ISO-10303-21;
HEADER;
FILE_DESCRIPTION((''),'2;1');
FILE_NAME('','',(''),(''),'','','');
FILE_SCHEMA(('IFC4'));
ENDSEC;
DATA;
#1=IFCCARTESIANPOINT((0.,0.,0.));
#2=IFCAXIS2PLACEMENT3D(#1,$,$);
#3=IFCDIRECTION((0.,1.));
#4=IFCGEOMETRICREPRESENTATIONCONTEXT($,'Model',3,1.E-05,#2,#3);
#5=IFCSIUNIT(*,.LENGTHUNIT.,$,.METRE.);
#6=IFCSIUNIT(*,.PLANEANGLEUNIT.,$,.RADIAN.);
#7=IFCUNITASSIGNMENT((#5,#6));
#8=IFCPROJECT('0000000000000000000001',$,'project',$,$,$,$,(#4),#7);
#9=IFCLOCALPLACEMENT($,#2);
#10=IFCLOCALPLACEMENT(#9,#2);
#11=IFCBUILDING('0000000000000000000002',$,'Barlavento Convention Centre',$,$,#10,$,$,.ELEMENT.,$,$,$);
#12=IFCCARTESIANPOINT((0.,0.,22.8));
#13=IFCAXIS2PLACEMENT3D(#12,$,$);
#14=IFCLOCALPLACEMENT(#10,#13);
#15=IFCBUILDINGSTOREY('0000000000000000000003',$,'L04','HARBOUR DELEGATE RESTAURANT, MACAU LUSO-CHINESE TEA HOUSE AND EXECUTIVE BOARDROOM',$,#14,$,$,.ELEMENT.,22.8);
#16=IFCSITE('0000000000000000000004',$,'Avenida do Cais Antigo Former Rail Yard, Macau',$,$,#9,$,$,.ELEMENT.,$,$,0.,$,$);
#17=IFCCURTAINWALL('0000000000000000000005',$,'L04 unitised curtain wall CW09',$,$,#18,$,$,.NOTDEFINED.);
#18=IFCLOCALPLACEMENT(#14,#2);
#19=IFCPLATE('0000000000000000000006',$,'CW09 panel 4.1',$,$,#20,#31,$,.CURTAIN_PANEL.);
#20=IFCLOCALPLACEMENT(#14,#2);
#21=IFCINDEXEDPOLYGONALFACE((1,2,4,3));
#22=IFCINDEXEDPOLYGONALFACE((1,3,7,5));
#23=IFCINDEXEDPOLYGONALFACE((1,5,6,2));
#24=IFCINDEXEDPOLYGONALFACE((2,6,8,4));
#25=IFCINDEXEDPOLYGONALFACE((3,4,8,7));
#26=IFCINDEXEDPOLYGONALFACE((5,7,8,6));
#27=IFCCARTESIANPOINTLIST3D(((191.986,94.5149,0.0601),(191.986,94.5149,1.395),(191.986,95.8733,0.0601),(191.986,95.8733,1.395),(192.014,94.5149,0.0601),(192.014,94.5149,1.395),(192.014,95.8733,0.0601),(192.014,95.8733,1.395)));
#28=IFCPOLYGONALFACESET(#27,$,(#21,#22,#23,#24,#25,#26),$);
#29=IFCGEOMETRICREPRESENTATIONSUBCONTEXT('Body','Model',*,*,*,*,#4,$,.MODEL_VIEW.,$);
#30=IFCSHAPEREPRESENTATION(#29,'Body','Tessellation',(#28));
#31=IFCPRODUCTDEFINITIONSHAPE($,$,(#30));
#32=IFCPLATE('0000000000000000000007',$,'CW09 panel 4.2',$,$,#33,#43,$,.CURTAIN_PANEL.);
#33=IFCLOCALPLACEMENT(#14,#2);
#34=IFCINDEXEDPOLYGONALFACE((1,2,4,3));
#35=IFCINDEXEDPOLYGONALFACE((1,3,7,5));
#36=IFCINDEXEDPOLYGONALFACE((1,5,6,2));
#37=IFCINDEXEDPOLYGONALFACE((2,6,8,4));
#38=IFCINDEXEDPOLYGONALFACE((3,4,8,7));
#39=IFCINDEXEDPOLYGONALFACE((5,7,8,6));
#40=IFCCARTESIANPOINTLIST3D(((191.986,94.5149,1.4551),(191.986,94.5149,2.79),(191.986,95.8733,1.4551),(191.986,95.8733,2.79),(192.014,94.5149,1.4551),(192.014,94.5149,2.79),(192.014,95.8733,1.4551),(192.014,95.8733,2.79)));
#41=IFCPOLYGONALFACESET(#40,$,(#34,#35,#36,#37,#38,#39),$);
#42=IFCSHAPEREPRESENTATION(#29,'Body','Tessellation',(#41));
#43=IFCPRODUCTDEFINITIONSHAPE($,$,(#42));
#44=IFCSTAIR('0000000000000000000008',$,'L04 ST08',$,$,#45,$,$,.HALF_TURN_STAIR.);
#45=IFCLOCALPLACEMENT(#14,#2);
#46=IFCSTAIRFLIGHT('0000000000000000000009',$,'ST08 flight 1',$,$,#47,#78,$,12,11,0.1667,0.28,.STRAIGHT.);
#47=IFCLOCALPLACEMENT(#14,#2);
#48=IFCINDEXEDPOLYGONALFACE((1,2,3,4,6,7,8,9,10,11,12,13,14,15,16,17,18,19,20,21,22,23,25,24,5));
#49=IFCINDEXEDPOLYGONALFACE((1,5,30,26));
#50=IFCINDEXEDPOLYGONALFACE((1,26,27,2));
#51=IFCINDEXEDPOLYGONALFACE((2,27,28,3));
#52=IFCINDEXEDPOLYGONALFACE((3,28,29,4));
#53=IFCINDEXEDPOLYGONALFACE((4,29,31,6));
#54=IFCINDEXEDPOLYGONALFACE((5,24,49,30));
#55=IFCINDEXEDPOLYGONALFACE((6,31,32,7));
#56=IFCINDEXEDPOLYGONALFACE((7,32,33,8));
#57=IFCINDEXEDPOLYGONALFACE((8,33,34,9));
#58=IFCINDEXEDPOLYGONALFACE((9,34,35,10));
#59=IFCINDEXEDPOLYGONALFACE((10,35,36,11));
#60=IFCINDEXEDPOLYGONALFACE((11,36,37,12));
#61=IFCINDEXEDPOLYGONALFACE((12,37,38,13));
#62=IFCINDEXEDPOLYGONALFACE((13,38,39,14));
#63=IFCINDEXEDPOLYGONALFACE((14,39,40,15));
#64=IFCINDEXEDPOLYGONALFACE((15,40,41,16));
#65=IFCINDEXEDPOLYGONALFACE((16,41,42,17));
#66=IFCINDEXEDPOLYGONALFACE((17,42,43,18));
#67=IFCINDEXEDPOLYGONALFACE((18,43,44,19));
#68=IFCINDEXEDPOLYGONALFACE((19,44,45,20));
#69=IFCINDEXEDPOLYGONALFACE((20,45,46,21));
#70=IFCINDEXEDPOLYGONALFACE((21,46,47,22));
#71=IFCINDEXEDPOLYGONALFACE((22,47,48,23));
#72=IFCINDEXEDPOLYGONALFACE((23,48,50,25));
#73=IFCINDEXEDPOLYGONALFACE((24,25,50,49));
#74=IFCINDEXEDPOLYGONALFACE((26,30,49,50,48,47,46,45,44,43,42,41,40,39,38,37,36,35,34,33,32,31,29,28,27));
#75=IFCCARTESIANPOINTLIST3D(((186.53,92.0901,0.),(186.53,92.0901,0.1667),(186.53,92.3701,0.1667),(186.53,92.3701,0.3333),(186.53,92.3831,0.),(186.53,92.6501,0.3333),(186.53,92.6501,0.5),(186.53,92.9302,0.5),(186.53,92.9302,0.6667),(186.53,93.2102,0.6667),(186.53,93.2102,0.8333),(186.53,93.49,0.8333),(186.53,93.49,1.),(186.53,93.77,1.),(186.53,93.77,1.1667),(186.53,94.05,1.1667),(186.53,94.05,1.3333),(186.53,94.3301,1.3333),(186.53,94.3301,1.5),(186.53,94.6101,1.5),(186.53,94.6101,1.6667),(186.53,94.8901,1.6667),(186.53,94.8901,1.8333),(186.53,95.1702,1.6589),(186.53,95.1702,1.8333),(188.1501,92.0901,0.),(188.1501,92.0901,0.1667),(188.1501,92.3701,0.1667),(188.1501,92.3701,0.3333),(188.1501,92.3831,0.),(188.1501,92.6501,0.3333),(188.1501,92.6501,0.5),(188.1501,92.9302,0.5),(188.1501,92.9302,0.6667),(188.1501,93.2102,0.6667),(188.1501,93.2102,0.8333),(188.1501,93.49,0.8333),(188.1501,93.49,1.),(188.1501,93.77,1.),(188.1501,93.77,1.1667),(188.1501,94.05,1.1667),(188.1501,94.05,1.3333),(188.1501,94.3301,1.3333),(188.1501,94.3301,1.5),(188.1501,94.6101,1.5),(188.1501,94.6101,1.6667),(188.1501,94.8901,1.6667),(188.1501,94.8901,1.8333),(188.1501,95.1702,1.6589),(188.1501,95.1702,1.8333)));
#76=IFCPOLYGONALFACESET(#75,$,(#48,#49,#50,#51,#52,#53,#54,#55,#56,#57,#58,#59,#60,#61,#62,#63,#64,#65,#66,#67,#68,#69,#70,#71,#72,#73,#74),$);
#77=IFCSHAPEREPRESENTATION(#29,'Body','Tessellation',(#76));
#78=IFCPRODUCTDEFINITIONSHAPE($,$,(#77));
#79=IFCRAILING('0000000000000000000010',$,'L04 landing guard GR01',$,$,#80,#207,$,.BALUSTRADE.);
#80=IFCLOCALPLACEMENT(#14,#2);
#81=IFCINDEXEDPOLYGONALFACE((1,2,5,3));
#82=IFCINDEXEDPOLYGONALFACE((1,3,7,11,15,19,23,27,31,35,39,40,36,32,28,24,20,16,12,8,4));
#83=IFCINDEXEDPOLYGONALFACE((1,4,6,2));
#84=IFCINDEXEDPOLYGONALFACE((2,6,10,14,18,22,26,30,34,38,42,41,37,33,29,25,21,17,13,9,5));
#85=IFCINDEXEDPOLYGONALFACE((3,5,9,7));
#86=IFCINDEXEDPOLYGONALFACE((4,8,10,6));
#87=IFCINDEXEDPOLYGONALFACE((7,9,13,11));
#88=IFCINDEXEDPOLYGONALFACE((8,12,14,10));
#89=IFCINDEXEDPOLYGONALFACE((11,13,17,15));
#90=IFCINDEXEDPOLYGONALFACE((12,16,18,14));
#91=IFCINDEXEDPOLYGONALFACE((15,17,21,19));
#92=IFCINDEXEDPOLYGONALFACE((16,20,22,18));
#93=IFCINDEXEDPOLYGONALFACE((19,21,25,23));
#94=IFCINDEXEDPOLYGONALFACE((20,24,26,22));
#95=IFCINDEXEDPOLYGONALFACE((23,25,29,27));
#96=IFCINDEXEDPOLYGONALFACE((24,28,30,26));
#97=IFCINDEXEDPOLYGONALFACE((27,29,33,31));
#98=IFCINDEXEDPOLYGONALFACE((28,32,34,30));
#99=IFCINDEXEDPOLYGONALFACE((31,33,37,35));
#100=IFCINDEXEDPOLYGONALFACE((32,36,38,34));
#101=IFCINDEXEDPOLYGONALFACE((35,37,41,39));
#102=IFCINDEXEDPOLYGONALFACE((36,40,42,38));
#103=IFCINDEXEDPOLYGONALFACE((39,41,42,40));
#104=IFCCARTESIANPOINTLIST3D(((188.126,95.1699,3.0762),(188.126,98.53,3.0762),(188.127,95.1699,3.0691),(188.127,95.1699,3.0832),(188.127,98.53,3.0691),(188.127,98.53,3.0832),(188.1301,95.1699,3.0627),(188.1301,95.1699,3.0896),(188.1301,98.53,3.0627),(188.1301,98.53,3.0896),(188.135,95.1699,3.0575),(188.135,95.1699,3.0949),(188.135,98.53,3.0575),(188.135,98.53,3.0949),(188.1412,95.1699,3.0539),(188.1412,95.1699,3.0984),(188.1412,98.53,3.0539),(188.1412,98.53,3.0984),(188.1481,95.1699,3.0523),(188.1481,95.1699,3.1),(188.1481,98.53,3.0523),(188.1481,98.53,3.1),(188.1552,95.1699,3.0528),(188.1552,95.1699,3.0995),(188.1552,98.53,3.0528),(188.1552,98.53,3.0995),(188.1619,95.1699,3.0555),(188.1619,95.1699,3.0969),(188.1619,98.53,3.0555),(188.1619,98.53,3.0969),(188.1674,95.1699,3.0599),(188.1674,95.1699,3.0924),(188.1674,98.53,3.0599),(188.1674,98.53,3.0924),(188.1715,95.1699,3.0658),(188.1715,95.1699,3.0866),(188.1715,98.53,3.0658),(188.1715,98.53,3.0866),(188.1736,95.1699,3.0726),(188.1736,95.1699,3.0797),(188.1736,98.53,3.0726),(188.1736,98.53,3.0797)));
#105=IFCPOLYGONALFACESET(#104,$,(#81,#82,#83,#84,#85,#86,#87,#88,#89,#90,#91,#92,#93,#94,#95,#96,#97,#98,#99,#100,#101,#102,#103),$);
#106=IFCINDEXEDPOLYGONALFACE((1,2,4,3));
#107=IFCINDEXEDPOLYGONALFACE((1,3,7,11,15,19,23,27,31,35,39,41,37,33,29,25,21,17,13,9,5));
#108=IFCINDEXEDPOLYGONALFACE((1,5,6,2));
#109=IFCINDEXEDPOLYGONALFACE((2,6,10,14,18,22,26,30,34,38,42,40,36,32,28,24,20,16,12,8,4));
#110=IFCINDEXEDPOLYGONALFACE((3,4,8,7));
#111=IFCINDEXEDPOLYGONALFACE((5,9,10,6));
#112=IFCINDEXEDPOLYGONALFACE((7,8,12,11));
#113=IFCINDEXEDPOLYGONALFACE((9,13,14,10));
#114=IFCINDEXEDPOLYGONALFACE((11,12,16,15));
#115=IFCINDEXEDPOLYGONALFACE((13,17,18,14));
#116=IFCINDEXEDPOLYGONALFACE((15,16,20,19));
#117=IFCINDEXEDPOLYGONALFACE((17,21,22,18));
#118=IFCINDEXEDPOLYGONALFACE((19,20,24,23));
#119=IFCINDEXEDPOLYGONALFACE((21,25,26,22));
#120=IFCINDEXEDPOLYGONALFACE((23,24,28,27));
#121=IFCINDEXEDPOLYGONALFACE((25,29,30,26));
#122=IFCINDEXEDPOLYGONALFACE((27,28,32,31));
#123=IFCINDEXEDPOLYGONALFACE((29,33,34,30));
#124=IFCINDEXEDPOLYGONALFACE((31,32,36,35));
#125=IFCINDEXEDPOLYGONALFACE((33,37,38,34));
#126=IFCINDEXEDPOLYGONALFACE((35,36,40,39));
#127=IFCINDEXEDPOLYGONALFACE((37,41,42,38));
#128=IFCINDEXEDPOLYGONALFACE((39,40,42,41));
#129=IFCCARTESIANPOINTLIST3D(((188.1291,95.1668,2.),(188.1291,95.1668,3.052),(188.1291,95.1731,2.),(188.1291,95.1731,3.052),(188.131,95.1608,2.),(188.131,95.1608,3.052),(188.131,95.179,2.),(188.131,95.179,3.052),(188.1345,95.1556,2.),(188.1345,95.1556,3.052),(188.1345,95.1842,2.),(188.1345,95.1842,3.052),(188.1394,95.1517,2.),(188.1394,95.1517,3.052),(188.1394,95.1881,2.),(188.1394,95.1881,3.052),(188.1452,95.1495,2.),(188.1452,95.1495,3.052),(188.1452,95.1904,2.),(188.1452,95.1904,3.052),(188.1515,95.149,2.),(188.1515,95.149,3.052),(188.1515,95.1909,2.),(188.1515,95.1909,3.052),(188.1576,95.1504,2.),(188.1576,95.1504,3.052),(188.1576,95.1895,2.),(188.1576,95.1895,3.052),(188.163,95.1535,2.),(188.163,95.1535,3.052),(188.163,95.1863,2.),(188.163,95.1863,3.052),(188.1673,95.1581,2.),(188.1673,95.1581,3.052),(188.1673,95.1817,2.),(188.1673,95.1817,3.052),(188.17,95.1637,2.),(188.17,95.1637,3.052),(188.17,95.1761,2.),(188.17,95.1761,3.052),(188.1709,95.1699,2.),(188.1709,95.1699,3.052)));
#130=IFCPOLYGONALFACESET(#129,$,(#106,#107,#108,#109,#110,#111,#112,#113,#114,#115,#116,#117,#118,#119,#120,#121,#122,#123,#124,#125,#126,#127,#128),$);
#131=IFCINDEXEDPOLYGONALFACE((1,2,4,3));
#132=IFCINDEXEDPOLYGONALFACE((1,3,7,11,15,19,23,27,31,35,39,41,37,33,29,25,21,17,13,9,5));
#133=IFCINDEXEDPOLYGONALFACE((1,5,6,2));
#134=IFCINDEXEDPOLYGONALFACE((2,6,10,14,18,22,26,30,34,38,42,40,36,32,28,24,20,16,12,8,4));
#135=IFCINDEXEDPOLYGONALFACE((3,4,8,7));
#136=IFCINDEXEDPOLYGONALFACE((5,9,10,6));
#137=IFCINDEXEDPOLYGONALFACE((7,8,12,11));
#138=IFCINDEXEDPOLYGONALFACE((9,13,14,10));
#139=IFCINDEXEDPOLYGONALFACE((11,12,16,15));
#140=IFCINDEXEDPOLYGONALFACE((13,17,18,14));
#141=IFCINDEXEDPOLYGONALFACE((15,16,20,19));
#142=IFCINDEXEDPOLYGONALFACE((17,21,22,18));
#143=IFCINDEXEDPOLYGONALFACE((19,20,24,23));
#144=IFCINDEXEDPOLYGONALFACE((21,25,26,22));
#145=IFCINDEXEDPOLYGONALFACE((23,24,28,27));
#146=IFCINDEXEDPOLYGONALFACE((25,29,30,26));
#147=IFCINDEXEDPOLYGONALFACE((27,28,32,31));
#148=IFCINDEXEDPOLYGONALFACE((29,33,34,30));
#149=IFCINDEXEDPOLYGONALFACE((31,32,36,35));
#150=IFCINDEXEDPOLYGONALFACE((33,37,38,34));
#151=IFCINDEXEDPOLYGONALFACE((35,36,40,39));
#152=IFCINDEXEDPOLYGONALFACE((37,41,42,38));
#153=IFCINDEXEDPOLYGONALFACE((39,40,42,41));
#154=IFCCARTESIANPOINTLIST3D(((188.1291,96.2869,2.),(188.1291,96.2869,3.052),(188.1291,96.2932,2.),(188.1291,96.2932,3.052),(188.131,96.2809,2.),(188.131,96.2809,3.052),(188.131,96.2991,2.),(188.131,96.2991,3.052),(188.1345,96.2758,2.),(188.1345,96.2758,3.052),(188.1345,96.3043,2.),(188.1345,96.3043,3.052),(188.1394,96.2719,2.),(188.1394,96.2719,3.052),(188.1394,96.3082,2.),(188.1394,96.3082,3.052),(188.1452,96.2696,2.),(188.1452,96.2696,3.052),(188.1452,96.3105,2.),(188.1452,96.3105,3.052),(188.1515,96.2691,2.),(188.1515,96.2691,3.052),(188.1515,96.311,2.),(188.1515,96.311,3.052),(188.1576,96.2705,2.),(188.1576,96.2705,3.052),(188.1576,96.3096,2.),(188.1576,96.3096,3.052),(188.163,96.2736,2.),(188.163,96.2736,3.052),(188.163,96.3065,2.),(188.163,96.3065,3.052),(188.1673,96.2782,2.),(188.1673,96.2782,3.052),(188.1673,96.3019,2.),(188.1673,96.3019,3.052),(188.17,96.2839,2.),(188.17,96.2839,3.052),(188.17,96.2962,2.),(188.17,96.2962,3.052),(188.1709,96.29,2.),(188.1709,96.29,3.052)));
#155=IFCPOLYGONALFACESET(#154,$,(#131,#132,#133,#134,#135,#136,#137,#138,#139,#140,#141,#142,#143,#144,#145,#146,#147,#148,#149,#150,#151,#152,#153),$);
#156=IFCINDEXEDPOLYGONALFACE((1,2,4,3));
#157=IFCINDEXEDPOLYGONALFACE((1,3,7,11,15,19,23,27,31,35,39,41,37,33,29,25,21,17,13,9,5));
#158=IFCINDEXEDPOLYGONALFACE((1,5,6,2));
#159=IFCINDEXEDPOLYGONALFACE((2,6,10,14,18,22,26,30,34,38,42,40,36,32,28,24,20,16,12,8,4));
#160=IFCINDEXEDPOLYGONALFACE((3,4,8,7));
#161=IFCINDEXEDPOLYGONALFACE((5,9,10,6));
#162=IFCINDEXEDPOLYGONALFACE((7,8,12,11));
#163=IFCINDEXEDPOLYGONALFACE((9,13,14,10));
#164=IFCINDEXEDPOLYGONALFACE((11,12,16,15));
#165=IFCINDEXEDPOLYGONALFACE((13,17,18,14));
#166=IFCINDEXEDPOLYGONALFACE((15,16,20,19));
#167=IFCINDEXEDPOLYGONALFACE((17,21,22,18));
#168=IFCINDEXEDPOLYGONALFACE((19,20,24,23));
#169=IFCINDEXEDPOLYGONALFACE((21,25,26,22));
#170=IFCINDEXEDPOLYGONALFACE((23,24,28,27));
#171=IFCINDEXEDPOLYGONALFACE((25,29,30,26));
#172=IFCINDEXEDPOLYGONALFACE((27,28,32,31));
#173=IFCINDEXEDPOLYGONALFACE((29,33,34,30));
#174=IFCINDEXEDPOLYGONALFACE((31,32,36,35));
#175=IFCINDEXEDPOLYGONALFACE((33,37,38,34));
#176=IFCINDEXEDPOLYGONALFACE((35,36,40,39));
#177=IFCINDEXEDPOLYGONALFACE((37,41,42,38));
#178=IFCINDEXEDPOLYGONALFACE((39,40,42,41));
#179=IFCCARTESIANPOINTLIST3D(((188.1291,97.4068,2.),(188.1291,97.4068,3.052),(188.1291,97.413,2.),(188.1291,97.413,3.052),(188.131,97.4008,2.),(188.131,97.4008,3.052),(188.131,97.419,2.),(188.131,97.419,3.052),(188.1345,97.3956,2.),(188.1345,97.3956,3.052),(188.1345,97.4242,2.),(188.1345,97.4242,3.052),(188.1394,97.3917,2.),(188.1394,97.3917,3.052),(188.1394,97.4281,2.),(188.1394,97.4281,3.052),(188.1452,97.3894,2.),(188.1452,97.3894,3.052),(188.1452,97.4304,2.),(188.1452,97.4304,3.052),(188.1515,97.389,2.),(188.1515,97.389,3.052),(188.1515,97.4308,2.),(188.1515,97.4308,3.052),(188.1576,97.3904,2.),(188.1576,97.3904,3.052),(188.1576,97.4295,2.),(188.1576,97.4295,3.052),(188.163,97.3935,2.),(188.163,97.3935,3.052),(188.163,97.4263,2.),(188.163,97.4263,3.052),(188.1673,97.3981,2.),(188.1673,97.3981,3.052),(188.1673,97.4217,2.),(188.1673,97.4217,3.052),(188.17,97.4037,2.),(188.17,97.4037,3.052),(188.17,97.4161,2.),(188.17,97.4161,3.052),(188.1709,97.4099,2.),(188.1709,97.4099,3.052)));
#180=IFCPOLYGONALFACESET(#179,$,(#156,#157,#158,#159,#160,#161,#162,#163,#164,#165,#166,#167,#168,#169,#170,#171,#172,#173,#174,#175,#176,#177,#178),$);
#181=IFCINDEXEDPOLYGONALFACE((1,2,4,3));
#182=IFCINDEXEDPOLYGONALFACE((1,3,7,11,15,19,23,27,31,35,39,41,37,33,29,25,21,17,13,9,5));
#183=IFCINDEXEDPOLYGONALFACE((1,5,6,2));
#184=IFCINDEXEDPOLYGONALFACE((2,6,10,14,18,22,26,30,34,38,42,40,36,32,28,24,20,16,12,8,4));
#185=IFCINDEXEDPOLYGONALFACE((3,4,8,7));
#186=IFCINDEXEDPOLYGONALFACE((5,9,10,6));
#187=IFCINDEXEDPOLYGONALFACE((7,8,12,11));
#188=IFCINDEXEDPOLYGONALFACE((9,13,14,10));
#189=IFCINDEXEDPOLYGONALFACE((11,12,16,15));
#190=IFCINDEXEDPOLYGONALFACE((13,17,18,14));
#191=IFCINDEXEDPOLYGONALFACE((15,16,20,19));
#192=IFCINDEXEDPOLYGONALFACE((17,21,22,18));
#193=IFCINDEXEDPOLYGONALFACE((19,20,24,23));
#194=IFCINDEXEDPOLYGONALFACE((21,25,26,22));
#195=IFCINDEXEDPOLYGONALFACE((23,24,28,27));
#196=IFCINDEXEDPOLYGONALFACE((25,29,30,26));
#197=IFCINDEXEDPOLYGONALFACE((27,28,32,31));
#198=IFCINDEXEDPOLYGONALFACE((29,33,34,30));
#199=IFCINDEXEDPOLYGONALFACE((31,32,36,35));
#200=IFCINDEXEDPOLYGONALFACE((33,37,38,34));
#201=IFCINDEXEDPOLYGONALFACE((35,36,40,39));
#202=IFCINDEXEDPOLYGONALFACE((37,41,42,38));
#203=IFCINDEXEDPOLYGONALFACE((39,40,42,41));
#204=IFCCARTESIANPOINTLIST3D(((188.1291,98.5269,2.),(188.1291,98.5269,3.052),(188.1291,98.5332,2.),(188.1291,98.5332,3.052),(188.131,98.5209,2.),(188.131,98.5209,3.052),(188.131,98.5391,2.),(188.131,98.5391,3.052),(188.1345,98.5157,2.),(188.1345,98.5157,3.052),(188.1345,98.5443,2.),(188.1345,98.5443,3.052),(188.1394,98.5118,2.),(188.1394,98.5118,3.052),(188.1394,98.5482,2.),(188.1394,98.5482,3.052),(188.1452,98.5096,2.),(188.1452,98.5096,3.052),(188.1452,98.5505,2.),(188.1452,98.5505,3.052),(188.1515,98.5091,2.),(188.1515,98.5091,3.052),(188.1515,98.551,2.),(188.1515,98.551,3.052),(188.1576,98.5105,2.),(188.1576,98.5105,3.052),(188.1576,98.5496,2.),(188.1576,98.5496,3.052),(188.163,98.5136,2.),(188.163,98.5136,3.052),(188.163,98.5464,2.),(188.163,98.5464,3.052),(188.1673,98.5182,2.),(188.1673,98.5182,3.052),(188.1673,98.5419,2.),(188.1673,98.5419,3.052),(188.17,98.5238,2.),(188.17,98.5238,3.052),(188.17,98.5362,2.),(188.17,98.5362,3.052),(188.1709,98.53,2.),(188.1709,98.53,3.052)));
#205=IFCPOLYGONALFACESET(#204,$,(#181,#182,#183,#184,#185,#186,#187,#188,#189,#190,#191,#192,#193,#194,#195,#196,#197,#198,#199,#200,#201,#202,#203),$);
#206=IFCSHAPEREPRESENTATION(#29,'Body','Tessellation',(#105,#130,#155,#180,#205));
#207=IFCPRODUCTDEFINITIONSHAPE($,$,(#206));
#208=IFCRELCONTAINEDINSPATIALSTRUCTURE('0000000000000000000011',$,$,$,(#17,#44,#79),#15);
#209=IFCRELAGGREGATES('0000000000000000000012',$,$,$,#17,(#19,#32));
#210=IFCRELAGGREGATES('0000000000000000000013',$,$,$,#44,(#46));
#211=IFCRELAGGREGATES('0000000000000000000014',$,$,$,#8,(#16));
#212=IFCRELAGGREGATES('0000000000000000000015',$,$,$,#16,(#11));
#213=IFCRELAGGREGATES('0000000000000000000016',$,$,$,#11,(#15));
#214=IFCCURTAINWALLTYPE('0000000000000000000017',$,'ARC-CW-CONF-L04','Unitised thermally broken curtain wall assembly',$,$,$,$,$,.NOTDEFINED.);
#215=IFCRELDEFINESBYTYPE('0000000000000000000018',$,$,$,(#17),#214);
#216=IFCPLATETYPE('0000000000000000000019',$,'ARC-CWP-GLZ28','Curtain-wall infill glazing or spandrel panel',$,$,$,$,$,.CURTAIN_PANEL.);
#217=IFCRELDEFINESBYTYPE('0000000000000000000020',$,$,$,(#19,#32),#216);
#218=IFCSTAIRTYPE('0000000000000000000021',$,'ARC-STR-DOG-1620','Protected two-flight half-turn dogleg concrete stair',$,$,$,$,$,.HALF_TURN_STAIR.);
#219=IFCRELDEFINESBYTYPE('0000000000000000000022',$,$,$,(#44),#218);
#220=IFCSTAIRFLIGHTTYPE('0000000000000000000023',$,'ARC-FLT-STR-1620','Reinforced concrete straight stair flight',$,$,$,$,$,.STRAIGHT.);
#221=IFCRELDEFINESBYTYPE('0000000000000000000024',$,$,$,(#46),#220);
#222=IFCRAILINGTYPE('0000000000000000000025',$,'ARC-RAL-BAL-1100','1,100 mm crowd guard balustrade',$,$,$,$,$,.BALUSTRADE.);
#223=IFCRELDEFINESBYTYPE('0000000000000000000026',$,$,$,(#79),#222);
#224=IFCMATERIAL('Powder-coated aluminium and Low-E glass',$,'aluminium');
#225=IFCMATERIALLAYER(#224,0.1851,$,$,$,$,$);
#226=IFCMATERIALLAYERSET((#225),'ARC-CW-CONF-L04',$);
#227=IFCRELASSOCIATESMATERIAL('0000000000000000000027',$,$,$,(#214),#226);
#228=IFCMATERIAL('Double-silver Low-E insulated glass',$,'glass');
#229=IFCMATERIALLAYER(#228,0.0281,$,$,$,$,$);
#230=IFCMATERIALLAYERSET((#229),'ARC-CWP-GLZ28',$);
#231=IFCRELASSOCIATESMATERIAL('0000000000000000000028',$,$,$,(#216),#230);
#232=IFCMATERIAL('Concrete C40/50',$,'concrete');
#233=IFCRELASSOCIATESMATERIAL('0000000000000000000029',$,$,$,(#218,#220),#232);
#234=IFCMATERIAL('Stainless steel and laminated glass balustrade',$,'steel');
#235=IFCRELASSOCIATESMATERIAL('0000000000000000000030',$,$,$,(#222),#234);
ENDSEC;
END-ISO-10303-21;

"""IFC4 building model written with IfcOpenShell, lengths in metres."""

from ifc_helpers import new_model, si_unit, direction, frame, origin, origin_2d, place, context, subcontext, project, spatial, polyline, rectangle, circle, outline, extrude, material, layer, layer_set, type_object, element, aggregate, save


model = new_model("IFC4")

# Units and contexts
model_context = context("Model", 3, precision=1e-05, world=origin(), true_north=direction((0.0, 1.0)))
body_context = subcontext(model_context, "Body", "Model", "MODEL_VIEW")
ifc_project = project(units=[si_unit("LENGTHUNIT", "METRE"), si_unit("PLANEANGLEUNIT", "RADIAN")], contexts=[model_context])

# Site, building, storey
site_placement = place(None, origin())
site = spatial("IfcSite", under=ifc_project, at=site_placement, Name="Avenida do Cais Antigo Former Rail Yard, Macau", CompositionType="ELEMENT", RefElevation=0.0)
building_placement = place(site_placement, origin())
building = spatial("IfcBuilding", under=site, at=building_placement, Name="Barlavento Convention Centre", CompositionType="ELEMENT")
storey_placement = place(building_placement, frame((0.0, 0.0, 22.8)))
storey = spatial("IfcBuildingStorey", under=building, at=storey_placement, Name="L04", Description="HARBOUR DELEGATE RESTAURANT, MACAU LUSO-CHINESE TEA HOUSE AND EXECUTIVE BOARDROOM", CompositionType="ELEMENT", Elevation=22.8)

# Curtain wall, plates
ifc_material_1 = material(Name="Powder-coated aluminium and Low-E glass", Category="aluminium")
ifc_layer_1 = layer(ifc_material_1, 0.1851)
ifc_layer_set_1 = layer_set([ifc_layer_1], Name="ARC-CW-CONF-L04")
curtain_wall_type = type_object("IfcCurtainWallType", Name="ARC-CW-CONF-L04", Description="Unitised thermally broken curtain wall assembly", PredefinedType="NOTDEFINED", material=ifc_layer_set_1)
curtain_wall_placement = place(storey_placement, origin())
curtain_wall = element("IfcCurtainWall", 1, at=curtain_wall_placement, inside=storey, type_object=curtain_wall_type, Name="L04 unitised curtain wall CW09", PredefinedType="NOTDEFINED")
ifc_material_2 = material(Name="Double-silver Low-E insulated glass", Category="glass")
ifc_layer_2 = layer(ifc_material_2, 0.0281)
ifc_layer_set_2 = layer_set([ifc_layer_2], Name="ARC-CWP-GLZ28")
plate_type = type_object("IfcPlateType", Name="ARC-CWP-GLZ28", Description="Curtain-wall infill glazing or spandrel panel", PredefinedType="CURTAIN_PANEL", material=ifc_layer_set_2)
plate_1_placement = place(storey_placement, frame((192.0, 95.1941, 0.0601), z_axis=(0.0, 0.0, 1.0), x_axis=(0.0, 1.0, 0.0)))
plate_1 = element("IfcPlate", 2, at=plate_1_placement, type_object=plate_type, Name="CW09 panel 4.1", PredefinedType="CURTAIN_PANEL", context=body_context, shape_type="SweptSolid", body=[
    extrude(rectangle(XDim=1.3584, YDim=0.0281, at=origin_2d()), origin(), (0.0, 0.0, 1.0), 1.335),
])
plate_2_placement = place(storey_placement, frame((192.0, 95.1941, 1.4551), z_axis=(0.0, 0.0, 1.0), x_axis=(0.0, 1.0, 0.0)))
plate_2 = element("IfcPlate", 3, at=plate_2_placement, type_object=plate_type, Name="CW09 panel 4.2", PredefinedType="CURTAIN_PANEL", context=body_context, shape_type="SweptSolid", body=[
    extrude(rectangle(XDim=1.3584, YDim=0.0281, at=origin_2d()), origin(), (0.0, 0.0, 1.0), 1.335),
])
aggregate(curtain_wall, [plate_1, plate_2])

# Stair, stair flight
ifc_material_3 = material(Name="Concrete C40/50", Category="concrete")
stair_type = type_object("IfcStairType", Name="ARC-STR-DOG-1620", Description="Protected two-flight half-turn dogleg concrete stair", PredefinedType="HALF_TURN_STAIR", material=ifc_material_3)
stair_placement = place(storey_placement, origin())
stair = element("IfcStair", 4, at=stair_placement, inside=storey, type_object=stair_type, Name="L04 ST08", PredefinedType="HALF_TURN_STAIR")
stair_flight_type = type_object("IfcStairFlightType", Name="ARC-FLT-STR-1620", Description="Reinforced concrete straight stair flight", PredefinedType="STRAIGHT", material=ifc_material_3)
stair_flight_placement = place(storey_placement, frame((187.3401, 92.0901, 0.0), z_axis=(0.0, 0.0, 1.0), x_axis=(0.0, 1.0, 0.0)))
stair_flight = element("IfcStairFlight", 5, at=stair_flight_placement, type_object=stair_flight_type, Name="ST08 flight 1", NumberOfRisers=12, NumberOfTreads=11, PredefinedType="STRAIGHT", RiserHeight=0.1667, TreadLength=0.28, context=body_context, shape_type="SweptSolid", body=[
    extrude(outline(polyline([(0.0, 0.0), (0.0, 0.1667), (0.28, 0.1667), (0.28, 0.3333), (0.5601, 0.3333), (0.5601, 0.5), (0.8401, 0.5), (0.8401, 0.6667), (1.1201, 0.6667), (1.1201, 0.8333), (1.3999, 0.8333), (1.3999, 1.0), (1.6799, 1.0), (1.6799, 1.1667), (1.96, 1.1667), (1.96, 1.3333), (2.24, 1.3333), (2.24, 1.5), (2.52, 1.5), (2.52, 1.6667), (2.8, 1.6667), (2.8, 1.8333), (3.0801, 1.8333), (3.0801, 2.0), (3.0801, 1.6589), (0.293, 0.0), (0.0, 0.0)])), frame((0.0, 0.8101, 0.0), z_axis=(0.0, -1.0, 0.0), x_axis=(1.0, 0.0, 0.0)), (0.0, 0.0, 1.0), 1.6201),
])
aggregate(stair, [stair_flight])

# Railing
ifc_material_4 = material(Name="Stainless steel and laminated glass balustrade", Category="steel")
railing_type_1 = type_object("IfcRailingType", Name="ARC-RAL-BAL-1100", Description="1,100 mm crowd guard balustrade", PredefinedType="BALUSTRADE", material=ifc_material_4)
railing_1_placement = place(storey_placement, frame((188.1499, 95.1699, 2.0)))
element("IfcRailing", 6, at=railing_1_placement, inside=storey, type_object=railing_type_1, Name="L04 landing guard GR01", PredefinedType="BALUSTRADE", context=body_context, shape_type="SweptSolid", body=[
    extrude(circle(Radius=0.0239, at=origin_2d()), frame((0.0, 0.0, 1.0762), z_axis=(0.0, 1.0, 0.0), x_axis=(-1.0, 0.0, 0.0)), (0.0, 0.0, 1.0), 3.3601),
    extrude(circle(Radius=0.021, at=origin_2d()), origin(), (0.0, 0.0, 1.0), 1.052),
    extrude(circle(Radius=0.021, at=origin_2d()), frame((0.0, 1.1201, 0.0)), (0.0, 0.0, 1.0), 1.052),
    extrude(circle(Radius=0.021, at=origin_2d()), frame((0.0, 2.24, 0.0)), (0.0, 0.0, 1.0), 1.052),
    extrude(circle(Radius=0.021, at=origin_2d()), frame((0.0, 3.3601, 0.0)), (0.0, 0.0, 1.0), 1.052),
])

save(model, "model.ifc")
